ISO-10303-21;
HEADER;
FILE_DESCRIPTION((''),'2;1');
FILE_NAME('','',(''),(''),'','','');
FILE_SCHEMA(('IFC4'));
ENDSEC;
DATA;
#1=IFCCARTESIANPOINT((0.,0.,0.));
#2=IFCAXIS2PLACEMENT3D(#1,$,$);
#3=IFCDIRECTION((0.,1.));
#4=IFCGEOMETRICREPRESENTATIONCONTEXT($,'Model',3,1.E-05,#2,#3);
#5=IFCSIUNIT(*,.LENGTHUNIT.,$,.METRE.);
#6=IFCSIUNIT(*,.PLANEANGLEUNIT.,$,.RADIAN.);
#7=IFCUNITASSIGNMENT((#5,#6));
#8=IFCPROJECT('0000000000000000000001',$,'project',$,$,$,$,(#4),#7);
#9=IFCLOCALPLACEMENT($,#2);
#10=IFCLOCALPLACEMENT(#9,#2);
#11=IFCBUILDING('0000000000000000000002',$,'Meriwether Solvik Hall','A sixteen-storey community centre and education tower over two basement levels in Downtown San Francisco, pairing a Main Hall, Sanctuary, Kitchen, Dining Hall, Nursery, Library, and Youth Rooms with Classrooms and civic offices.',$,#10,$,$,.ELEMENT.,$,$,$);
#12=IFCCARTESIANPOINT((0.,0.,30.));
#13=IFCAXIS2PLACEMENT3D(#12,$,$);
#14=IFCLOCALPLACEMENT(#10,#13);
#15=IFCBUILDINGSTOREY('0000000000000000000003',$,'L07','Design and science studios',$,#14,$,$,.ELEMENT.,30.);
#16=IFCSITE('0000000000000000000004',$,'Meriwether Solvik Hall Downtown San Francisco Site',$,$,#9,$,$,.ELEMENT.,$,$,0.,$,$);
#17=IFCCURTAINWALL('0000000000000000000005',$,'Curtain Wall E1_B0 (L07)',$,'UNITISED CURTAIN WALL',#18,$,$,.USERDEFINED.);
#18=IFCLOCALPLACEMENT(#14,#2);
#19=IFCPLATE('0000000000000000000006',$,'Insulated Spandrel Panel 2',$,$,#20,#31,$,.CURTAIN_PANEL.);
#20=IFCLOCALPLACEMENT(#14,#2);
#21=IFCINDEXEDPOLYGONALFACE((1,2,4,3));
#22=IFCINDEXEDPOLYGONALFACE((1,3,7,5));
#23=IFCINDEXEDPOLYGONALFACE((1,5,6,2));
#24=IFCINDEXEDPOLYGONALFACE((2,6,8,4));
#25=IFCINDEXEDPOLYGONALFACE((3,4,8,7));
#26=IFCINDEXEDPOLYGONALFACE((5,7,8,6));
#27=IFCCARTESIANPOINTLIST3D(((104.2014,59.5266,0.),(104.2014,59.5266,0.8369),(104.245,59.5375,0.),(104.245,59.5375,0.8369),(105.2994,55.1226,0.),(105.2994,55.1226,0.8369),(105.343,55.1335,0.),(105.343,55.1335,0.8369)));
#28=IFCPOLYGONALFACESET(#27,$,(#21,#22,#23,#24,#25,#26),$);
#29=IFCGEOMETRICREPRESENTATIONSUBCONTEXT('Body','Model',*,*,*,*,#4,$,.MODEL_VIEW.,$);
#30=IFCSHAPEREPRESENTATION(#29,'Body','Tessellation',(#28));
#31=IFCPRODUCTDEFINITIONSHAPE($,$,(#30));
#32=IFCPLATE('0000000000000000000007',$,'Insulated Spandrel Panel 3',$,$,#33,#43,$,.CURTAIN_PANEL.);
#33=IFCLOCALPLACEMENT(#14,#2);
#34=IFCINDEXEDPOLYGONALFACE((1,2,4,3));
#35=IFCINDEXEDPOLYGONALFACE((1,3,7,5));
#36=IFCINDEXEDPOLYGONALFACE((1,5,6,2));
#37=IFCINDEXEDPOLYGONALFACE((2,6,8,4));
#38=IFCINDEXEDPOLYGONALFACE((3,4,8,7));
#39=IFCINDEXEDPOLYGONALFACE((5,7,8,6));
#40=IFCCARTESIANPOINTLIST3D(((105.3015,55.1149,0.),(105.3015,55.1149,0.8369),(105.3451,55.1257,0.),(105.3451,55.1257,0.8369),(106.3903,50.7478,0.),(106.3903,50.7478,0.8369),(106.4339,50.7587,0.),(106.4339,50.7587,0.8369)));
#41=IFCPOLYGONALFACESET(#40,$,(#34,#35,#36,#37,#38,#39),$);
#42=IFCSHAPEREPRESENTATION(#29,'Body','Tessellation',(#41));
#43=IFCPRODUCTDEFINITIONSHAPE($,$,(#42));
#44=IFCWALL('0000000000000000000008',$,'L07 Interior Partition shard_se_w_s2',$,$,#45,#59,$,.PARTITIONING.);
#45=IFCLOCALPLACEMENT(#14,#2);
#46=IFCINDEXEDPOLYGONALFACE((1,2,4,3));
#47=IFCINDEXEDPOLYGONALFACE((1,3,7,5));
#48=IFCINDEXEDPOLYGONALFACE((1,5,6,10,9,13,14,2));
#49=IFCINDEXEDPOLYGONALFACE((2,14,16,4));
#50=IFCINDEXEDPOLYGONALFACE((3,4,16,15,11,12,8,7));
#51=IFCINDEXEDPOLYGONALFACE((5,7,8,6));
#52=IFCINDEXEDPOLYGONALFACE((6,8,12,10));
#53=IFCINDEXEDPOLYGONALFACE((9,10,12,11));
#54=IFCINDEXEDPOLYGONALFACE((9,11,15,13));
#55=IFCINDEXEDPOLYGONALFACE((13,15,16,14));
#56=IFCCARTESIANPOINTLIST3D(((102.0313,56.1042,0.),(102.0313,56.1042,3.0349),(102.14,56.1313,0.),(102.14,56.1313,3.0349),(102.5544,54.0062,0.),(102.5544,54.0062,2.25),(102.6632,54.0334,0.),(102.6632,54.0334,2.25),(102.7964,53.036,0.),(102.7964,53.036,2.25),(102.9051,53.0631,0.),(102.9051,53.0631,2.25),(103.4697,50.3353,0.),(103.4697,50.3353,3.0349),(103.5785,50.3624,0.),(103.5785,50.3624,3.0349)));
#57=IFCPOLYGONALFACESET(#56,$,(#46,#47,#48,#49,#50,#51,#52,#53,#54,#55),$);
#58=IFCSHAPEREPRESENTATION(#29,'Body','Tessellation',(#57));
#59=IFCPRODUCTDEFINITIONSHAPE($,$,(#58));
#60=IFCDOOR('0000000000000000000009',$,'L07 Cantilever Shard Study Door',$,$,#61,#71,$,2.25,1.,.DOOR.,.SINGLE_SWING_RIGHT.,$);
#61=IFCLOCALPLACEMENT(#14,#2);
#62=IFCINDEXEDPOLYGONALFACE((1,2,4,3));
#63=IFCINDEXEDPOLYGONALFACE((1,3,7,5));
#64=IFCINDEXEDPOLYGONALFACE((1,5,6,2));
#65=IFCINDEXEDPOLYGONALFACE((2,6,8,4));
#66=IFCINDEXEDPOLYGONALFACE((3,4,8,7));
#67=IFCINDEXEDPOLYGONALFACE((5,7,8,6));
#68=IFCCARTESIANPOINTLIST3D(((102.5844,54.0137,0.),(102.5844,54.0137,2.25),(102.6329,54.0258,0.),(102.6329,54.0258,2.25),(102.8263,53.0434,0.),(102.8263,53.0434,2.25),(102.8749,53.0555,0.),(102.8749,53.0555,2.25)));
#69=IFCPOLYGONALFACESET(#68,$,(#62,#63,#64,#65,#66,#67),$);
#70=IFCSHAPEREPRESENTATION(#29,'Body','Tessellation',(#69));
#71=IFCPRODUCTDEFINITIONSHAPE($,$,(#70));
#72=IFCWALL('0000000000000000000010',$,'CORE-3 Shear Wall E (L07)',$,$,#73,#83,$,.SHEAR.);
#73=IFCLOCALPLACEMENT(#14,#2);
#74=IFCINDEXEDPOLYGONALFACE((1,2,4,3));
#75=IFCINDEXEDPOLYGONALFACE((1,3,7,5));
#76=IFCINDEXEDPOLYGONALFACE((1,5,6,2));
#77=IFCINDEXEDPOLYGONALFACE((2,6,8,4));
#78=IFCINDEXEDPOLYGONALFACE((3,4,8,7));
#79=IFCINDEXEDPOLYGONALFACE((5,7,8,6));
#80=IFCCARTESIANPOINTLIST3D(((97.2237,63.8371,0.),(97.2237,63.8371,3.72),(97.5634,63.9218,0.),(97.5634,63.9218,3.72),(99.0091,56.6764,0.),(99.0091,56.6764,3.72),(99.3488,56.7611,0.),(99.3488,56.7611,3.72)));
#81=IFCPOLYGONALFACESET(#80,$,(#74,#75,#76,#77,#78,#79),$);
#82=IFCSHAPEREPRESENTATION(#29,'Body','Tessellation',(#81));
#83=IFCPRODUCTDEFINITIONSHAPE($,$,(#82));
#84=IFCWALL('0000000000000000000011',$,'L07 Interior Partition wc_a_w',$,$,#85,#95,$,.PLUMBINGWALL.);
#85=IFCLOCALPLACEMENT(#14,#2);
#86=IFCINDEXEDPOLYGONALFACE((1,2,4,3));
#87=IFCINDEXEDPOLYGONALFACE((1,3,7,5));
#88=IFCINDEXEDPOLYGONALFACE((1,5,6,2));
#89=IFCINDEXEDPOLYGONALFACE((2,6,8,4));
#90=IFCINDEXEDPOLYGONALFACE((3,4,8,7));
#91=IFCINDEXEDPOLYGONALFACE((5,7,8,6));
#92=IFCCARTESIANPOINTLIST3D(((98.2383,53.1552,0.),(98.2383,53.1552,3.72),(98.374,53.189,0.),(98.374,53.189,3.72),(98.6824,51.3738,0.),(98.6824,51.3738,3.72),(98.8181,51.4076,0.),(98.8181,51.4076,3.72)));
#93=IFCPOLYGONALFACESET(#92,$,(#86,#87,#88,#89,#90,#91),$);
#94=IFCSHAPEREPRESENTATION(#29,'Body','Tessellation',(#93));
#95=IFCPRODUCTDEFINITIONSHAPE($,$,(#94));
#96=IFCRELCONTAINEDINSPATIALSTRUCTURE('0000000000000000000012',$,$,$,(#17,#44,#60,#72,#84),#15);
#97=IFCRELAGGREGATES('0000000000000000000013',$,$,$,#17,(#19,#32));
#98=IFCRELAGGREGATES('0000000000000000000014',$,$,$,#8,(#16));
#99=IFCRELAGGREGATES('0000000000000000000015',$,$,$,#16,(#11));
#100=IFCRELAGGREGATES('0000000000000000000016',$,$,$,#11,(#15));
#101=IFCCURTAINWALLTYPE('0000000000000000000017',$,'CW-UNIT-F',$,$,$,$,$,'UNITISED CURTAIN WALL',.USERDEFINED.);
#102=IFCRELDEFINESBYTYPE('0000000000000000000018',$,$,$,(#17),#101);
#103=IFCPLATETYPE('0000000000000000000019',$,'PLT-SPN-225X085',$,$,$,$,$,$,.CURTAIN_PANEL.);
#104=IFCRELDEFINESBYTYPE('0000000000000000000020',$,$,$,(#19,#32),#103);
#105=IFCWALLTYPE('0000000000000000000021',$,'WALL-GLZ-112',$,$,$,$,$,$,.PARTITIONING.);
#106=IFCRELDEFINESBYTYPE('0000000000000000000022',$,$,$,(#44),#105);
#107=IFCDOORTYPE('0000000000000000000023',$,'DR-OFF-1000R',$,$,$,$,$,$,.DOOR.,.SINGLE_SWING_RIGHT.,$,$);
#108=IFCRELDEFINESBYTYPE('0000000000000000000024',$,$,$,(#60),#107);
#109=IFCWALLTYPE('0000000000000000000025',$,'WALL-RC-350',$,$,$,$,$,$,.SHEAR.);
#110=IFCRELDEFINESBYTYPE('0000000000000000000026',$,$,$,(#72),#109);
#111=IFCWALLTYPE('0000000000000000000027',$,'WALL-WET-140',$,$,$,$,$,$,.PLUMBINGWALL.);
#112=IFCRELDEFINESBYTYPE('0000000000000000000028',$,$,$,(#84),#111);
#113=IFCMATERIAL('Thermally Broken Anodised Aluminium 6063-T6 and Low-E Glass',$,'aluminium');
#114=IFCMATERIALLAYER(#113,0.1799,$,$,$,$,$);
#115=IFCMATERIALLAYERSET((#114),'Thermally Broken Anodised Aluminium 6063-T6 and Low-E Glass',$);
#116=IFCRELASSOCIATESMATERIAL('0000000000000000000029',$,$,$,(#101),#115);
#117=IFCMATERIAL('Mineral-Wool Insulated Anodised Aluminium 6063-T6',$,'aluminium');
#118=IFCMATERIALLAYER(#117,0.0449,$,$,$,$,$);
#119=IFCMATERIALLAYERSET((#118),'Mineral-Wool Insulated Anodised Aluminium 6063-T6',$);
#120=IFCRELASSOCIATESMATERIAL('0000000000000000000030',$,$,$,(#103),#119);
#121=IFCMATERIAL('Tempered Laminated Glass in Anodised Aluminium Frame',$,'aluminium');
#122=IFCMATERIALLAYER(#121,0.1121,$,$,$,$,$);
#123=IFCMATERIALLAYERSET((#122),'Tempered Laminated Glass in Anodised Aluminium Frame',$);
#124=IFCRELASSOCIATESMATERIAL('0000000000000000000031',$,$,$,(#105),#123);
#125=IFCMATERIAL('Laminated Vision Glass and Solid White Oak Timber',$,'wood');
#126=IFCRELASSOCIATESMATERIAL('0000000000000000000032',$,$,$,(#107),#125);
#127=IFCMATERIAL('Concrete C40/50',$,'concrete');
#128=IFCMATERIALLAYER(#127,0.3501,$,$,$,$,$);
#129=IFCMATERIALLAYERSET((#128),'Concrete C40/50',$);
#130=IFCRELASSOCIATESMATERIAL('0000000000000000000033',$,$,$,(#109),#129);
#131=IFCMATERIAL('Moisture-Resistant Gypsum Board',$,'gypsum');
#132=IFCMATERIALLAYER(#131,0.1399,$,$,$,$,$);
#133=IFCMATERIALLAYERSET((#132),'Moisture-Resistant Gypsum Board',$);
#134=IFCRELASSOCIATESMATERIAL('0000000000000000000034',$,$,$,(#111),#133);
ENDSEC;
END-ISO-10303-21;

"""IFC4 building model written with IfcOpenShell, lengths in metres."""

from ifc_helpers import new_model, si_unit, direction, frame, frame_2d, origin, origin_2d, place, context, subcontext, project, spatial, rectangle, extrude, material, layer, layer_set, type_object, element, fill, aggregate, save


model = new_model("IFC4")

# Units and contexts
model_context = context("Model", 3, precision=1e-05, world=origin(), true_north=direction((0.0, 1.0)))
body_context = subcontext(model_context, "Body", "Model", "MODEL_VIEW")
ifc_project = project(units=[si_unit("LENGTHUNIT", "METRE"), si_unit("PLANEANGLEUNIT", "RADIAN")], contexts=[model_context])

# Site, building, storey
site_placement = place(None, origin())
site = spatial("IfcSite", under=ifc_project, at=site_placement, Name="Meriwether Solvik Hall Downtown San Francisco Site", CompositionType="ELEMENT", RefElevation=0.0)
building_placement = place(site_placement, origin())
building = spatial("IfcBuilding", under=site, at=building_placement, Name="Meriwether Solvik Hall", Description="A sixteen-storey community centre and education tower over two basement levels in Downtown San Francisco, pairing a Main Hall, Sanctuary, Kitchen, Dining Hall, Nursery, Library, and Youth Rooms with Classrooms and civic offices.", CompositionType="ELEMENT")
storey_placement = place(building_placement, frame((0.0, 0.0, 30.0)))
storey = spatial("IfcBuildingStorey", under=building, at=storey_placement, Name="L07", Description="Design and science studios", CompositionType="ELEMENT", Elevation=30.0)

# Curtain wall
ifc_material_1 = material(Name="Thermally Broken Anodised Aluminium 6063-T6 and Low-E Glass", Category="aluminium")
ifc_layer_1 = layer(ifc_material_1, 0.1799)
ifc_layer_set_1 = layer_set([ifc_layer_1], Name="Thermally Broken Anodised Aluminium 6063-T6 and Low-E Glass")
curtain_wall_type = type_object("IfcCurtainWallType", Name="CW-UNIT-F", ElementType="UNITISED CURTAIN WALL", PredefinedType="USERDEFINED", material=ifc_layer_set_1)
curtain_wall_placement = place(storey_placement, origin())
curtain_wall = element("IfcCurtainWall", 1, at=curtain_wall_placement, inside=storey, type_object=curtain_wall_type, Name="Curtain Wall E1_B0 (L07)", ObjectType="UNITISED CURTAIN WALL", PredefinedType="USERDEFINED")

# Plates
ifc_material_2 = material(Name="Mineral-Wool Insulated Anodised Aluminium 6063-T6", Category="aluminium")
ifc_layer_2 = layer(ifc_material_2, 0.0449)
ifc_layer_set_2 = layer_set([ifc_layer_2], Name="Mineral-Wool Insulated Anodised Aluminium 6063-T6")
plate_type_1 = type_object("IfcPlateType", Name="PLT-SPN-225X085", PredefinedType="CURTAIN_PANEL", material=ifc_layer_set_2)
plate_1_placement = place(storey_placement, frame((104.7722, 57.3301, 0.0), z_axis=(0.0, 0.0, 1.0), x_axis=(0.241922, -0.970296, 0.0)))
plate_1 = element("IfcPlate", 2, at=plate_1_placement, type_object=plate_type_1, Name="Insulated Spandrel Panel 2", PredefinedType="CURTAIN_PANEL", context=body_context, shape_type="SweptSolid", body=[
    extrude(rectangle(XDim=4.5388, YDim=0.0449, at=origin_2d()), origin(), (0.0, 0.0, 1.0), 0.8369),
])
plate_2_placement = place(storey_placement, frame((105.8677, 52.9368, 0.0), z_axis=(0.0, 0.0, 1.0), x_axis=(0.241922, -0.970296, 0.0)))
plate_2 = element("IfcPlate", 3, at=plate_2_placement, type_object=plate_type_1, Name="Insulated Spandrel Panel 3", PredefinedType="CURTAIN_PANEL", context=body_context, shape_type="SweptSolid", body=[
    extrude(rectangle(XDim=4.5007, YDim=0.0449, at=origin_2d()), origin(), (0.0, 0.0, 1.0), 0.8369),
])
aggregate(curtain_wall, [plate_1, plate_2])

# Wall, opening, door
ifc_material_3 = material(Name="Tempered Laminated Glass in Anodised Aluminium Frame", Category="aluminium")
ifc_layer_3 = layer(ifc_material_3, 0.1121)
ifc_layer_set_3 = layer_set([ifc_layer_3], Name="Tempered Laminated Glass in Anodised Aluminium Frame")
wall_type_1 = type_object("IfcWallType", Name="WALL-GLZ-112", PredefinedType="PARTITIONING", material=ifc_layer_set_3)
wall_1_placement = place(storey_placement, frame((102.0857, 56.1177, 0.0), z_axis=(0.0, 0.0, 1.0), x_axis=(0.241937, -0.970292, 0.0)))
wall_1 = element("IfcWall", 4, at=wall_1_placement, inside=storey, type_object=wall_type_1, Name="L07 Interior Partition shard_se_w_s2", PredefinedType="PARTITIONING", context=body_context, shape_type="SweptSolid", body=[
    extrude(rectangle(XDim=5.9456, YDim=0.1121, at=frame_2d((2.9727, 0.0))), origin(), (0.0, 0.0, 1.0), 3.0349),
])
opening_1_placement = place(wall_1_placement, frame((2.1621, 0.0, 0.0)))
opening_1 = element("IfcOpeningElement", 5, at=opening_1_placement, cuts=wall_1, PredefinedType="OPENING", context=body_context, shape_type="SweptSolid", body=[
    extrude(rectangle(XDim=1.0, YDim=2.25, at=frame_2d((0.5, 1.125))), frame((0.0, 0.0679, 0.0), z_axis=(0.0, -1.0, 0.0), x_axis=(1.0, 0.0, 0.0)), (0.0, 0.0, 1.0), 0.136),
])
ifc_material_4 = material(Name="Laminated Vision Glass and Solid White Oak Timber", Category="wood")
door_type_1 = type_object("IfcDoorType", Name="DR-OFF-1000R", OperationType="SINGLE_SWING_RIGHT", PredefinedType="DOOR", material=ifc_material_4)
door_1_placement = place(opening_1_placement, origin())
door_1 = element("IfcDoor", 6, at=door_1_placement, inside=storey, type_object=door_type_1, Name="L07 Cantilever Shard Study Door", OperationType="SINGLE_SWING_RIGHT", OverallHeight=2.25, OverallWidth=1.0, PredefinedType="DOOR", context=body_context, shape_type="SweptSolid", body=[
    extrude(rectangle(XDim=1.0, YDim=2.25, at=frame_2d((0.5, 1.125))), frame((0.0, 0.0249, 0.0), z_axis=(0.0, -1.0, 0.0), x_axis=(1.0, 0.0, 0.0)), (0.0, 0.0, 1.0), 0.05),
])
fill(opening_1, door_1)

# Wall
ifc_material_5 = material(Name="Concrete C40/50", Category="concrete")
ifc_layer_4 = layer(ifc_material_5, 0.3501)
ifc_layer_set_4 = layer_set([ifc_layer_4], Name="Concrete C40/50")
wall_type_2 = type_object("IfcWallType", Name="WALL-RC-350", PredefinedType="SHEAR", material=ifc_layer_set_4)
wall_2_placement = place(storey_placement, frame((99.179, 56.7188, 0.0), z_axis=(0.0, 0.0, 1.0), x_axis=(-0.241928, 0.970294, 0.0)))
element("IfcWall", 7, at=wall_2_placement, inside=storey, type_object=wall_type_2, Name="CORE-3 Shear Wall E (L07)", PredefinedType="SHEAR", context=body_context, shape_type="SweptSolid", body=[
    extrude(rectangle(XDim=7.3799, YDim=0.3501, at=frame_2d((3.6899, 0.0))), origin(), (0.0, 0.0, 1.0), 3.72),
])

# Shared definitions
ifc_material_6 = material(Name="Moisture-Resistant Gypsum Board", Category="gypsum")
ifc_layer_5 = layer(ifc_material_6, 0.1399)
ifc_layer_set_5 = layer_set([ifc_layer_5], Name="Moisture-Resistant Gypsum Board")
wall_type_3 = type_object("IfcWallType", Name="WALL-WET-140", PredefinedType="PLUMBINGWALL", material=ifc_layer_set_5)

# Wall
wall_3_placement = place(storey_placement, frame((98.3062, 53.1721, 0.0), z_axis=(0.0, 0.0, 1.0), x_axis=(0.241879, -0.970307, 0.0)))
element("IfcWall", 8, at=wall_3_placement, inside=storey, type_object=wall_type_3, Name="L07 Interior Partition wc_a_w", PredefinedType="PLUMBINGWALL", context=body_context, shape_type="SweptSolid", body=[
    extrude(rectangle(XDim=1.8359, YDim=0.1399, at=frame_2d((0.918, 0.0))), origin(), (0.0, 0.0, 1.0), 3.72),
])

save(model, "model.ifc")
